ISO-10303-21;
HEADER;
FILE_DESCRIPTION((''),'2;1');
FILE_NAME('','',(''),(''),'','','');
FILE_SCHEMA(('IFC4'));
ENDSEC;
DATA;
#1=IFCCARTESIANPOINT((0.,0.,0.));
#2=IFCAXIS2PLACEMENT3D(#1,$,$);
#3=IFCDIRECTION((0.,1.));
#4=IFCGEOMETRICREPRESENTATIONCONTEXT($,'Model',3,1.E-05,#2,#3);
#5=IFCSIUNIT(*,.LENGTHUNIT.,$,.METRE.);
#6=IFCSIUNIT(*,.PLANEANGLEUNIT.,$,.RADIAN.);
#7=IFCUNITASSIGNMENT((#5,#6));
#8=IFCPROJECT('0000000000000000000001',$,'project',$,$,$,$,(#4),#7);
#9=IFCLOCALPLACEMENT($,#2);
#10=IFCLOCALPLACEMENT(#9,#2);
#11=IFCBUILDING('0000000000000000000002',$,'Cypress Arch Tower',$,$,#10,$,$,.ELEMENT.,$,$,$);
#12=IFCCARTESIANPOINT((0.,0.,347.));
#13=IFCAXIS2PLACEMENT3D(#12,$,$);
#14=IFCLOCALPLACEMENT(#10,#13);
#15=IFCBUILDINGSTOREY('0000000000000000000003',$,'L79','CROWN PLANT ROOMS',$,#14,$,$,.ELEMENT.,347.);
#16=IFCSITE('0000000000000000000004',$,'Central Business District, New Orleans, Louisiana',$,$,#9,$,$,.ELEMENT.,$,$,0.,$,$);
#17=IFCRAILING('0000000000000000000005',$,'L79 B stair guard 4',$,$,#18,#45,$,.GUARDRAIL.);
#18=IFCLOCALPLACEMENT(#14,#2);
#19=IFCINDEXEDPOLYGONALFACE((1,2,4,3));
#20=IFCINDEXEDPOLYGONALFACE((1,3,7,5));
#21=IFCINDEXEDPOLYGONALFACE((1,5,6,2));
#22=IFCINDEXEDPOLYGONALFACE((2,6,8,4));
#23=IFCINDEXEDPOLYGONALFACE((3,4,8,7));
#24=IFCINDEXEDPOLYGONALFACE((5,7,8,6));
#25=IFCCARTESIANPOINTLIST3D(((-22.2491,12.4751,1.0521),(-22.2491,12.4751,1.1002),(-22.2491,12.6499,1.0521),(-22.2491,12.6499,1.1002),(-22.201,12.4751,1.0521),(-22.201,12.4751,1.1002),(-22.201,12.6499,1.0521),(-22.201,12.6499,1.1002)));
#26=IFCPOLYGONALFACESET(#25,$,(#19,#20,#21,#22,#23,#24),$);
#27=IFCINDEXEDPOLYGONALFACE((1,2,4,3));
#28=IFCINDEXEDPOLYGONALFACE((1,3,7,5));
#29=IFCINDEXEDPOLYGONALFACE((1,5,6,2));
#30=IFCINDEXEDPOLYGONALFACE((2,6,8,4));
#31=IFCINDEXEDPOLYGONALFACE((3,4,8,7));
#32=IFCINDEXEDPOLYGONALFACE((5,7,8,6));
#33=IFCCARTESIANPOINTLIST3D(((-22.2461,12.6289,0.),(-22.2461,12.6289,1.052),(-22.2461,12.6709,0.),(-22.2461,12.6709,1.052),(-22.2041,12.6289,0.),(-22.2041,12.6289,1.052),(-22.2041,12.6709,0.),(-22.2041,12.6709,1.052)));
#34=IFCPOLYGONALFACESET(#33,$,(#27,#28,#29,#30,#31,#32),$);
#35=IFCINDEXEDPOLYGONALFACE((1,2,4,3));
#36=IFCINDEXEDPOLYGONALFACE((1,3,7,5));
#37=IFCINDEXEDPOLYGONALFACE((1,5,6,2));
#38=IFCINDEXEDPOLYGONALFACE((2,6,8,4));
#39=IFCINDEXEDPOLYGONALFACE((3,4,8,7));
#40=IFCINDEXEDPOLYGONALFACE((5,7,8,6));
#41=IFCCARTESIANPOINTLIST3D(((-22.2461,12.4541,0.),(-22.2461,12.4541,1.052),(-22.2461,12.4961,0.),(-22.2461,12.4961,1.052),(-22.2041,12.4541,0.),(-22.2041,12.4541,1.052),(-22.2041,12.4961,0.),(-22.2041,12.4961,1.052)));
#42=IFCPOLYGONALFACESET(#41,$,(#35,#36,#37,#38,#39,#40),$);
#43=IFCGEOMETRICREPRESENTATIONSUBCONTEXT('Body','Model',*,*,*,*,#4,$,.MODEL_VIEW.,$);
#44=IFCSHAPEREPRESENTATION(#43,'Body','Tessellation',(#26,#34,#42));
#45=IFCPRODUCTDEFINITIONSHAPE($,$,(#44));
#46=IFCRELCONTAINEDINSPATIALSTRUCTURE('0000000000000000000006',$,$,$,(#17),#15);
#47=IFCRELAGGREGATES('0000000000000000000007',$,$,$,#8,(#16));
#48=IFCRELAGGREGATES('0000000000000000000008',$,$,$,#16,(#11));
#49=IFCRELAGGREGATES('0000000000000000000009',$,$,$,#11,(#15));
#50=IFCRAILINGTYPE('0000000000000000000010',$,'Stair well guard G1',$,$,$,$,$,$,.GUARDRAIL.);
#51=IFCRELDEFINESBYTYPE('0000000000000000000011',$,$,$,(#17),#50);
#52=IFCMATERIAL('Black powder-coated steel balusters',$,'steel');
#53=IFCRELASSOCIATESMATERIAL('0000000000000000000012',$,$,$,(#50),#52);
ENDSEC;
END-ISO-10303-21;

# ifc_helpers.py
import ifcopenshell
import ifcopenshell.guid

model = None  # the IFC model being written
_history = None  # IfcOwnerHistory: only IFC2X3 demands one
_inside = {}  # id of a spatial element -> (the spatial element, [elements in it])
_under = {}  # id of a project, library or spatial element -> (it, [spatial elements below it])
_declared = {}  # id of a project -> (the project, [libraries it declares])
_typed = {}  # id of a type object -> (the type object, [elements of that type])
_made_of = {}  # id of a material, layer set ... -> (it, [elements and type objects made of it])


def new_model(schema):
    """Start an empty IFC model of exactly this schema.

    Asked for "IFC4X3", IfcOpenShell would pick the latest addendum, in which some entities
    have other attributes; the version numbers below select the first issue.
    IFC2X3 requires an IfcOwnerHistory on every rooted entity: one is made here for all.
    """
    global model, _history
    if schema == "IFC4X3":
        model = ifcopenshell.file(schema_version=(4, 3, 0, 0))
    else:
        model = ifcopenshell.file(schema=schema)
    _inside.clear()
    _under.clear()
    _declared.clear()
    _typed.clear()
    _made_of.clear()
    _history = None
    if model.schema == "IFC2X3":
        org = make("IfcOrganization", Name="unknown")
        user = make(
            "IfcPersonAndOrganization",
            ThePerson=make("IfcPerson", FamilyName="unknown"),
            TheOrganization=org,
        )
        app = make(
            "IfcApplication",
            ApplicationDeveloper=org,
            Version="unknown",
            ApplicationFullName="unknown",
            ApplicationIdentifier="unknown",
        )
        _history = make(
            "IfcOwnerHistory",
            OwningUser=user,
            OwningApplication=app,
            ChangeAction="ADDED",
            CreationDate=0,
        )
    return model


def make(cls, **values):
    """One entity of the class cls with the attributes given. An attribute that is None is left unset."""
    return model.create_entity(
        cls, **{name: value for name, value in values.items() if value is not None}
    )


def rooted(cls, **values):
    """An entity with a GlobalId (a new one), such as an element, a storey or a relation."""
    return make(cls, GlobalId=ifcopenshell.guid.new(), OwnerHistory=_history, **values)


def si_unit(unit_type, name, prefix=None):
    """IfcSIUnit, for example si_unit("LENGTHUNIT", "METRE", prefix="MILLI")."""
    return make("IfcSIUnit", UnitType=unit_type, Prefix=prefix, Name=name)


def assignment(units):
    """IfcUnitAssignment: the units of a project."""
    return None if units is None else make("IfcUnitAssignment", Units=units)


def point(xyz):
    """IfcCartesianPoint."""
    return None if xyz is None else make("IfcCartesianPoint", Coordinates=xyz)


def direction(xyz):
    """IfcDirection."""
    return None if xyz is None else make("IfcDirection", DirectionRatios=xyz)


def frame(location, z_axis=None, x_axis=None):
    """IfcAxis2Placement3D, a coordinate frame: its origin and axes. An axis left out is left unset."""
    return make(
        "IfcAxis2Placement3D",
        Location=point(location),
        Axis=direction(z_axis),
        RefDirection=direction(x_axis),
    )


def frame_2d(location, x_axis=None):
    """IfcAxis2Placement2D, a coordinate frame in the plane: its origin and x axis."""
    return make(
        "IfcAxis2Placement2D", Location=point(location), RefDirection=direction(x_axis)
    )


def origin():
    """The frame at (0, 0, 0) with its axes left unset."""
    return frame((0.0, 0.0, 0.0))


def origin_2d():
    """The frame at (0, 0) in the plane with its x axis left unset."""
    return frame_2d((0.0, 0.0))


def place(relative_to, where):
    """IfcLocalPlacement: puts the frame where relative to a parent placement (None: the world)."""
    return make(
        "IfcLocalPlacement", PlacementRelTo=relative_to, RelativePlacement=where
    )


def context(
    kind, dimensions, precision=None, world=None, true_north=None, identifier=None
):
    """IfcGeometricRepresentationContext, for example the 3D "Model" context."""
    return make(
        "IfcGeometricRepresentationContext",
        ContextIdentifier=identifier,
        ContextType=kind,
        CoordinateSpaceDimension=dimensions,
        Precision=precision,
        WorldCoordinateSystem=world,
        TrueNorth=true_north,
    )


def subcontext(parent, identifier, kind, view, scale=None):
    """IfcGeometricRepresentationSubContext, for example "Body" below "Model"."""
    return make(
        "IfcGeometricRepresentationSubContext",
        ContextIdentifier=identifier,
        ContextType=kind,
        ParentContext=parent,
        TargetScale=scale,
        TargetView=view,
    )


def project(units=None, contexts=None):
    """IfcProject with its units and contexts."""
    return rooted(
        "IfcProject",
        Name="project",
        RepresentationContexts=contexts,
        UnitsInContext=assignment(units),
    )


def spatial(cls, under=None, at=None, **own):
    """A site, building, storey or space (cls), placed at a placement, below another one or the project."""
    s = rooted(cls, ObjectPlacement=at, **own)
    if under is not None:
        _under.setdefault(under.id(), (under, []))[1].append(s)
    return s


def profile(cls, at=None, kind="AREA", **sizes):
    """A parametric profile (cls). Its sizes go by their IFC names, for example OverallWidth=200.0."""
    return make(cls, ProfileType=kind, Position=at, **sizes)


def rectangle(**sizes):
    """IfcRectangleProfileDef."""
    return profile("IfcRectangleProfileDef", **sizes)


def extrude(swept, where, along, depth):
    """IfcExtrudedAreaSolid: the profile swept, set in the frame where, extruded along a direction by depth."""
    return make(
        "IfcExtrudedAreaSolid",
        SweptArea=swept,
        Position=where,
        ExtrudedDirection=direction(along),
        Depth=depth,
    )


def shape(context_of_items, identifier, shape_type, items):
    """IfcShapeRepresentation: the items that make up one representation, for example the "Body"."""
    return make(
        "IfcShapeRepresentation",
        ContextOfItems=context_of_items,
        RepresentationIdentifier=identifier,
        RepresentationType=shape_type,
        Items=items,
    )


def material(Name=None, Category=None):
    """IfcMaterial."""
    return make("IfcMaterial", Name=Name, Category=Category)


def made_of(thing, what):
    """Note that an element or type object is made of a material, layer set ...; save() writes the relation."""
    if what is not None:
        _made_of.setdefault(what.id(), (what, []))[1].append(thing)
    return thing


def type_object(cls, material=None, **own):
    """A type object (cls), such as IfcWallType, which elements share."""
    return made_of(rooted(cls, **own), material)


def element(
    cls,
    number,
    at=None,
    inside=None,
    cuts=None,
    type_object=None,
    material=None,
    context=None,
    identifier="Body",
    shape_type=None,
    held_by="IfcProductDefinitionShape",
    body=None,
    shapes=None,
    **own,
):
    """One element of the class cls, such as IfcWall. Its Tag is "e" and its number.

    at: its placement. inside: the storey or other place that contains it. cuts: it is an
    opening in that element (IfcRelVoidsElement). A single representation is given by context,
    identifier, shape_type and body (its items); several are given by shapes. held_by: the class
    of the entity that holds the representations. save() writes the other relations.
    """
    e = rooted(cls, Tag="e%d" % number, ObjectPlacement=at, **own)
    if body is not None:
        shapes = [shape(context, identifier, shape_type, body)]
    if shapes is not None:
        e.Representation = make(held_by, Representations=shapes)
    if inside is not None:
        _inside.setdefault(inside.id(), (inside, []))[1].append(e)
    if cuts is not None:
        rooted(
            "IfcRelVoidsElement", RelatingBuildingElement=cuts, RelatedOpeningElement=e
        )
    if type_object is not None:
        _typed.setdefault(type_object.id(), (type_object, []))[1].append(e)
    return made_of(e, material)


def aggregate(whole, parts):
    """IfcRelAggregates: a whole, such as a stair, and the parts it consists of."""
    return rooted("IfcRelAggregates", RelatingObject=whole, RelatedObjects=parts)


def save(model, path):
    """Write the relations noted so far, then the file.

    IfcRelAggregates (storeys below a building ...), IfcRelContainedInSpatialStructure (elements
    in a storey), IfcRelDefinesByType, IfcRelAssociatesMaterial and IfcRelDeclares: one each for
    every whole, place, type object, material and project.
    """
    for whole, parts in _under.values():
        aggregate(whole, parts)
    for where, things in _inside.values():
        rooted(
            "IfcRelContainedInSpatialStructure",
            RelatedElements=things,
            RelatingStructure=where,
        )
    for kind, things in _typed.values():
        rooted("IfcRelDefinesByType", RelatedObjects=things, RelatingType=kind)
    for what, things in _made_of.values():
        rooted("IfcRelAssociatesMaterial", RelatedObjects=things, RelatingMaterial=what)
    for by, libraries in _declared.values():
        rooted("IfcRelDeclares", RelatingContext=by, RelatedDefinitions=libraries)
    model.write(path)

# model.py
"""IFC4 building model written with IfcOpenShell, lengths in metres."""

from ifc_helpers import new_model, si_unit, direction, frame, origin, origin_2d, place, context, subcontext, project, spatial, rectangle, extrude, material, type_object, element, save


model = new_model("IFC4")

# Units and contexts
model_context = context("Model", 3, precision=1e-05, world=origin(), true_north=direction((0.0, 1.0)))
body_context = subcontext(model_context, "Body", "Model", "MODEL_VIEW")
ifc_project = project(units=[si_unit("LENGTHUNIT", "METRE"), si_unit("PLANEANGLEUNIT", "RADIAN")], contexts=[model_context])

# Site, building, storey
site_placement = place(None, origin())
site = spatial("IfcSite", under=ifc_project, at=site_placement, Name="Central Business District, New Orleans, Louisiana", CompositionType="ELEMENT", RefElevation=0.0)
building_placement = place(site_placement, origin())
building = spatial("IfcBuilding", under=site, at=building_placement, Name="Cypress Arch Tower", CompositionType="ELEMENT")
storey_placement = place(building_placement, frame((0.0, 0.0, 347.0)))
storey = spatial("IfcBuildingStorey", under=building, at=storey_placement, Name="L79", Description="CROWN PLANT ROOMS", CompositionType="ELEMENT", Elevation=347.0)

# Railing
ifc_material_1 = material(Name="Black powder-coated steel balusters", Category="steel")
railing_type_1 = type_object("IfcRailingType", Name="Stair well guard G1", PredefinedType="GUARDRAIL", material=ifc_material_1)
railing_1_placement = place(storey_placement, frame((-22.2251, 12.6499, 0.0)))
element("IfcRailing", 1, at=railing_1_placement, inside=storey, type_object=railing_type_1, Name="L79 B stair guard 4", PredefinedType="GUARDRAIL", context=body_context, shape_type="SweptSolid", body=[
    extrude(rectangle(XDim=0.0481, YDim=0.0481, at=origin_2d()), frame((0.0, 0.0, 1.0762), z_axis=(0.0, -1.0, 0.0), x_axis=(1.0, 0.0, 0.0)), (0.0, 0.0, 1.0), 0.1748),
    extrude(rectangle(XDim=0.042, YDim=0.042, at=origin_2d()), origin(), (0.0, 0.0, 1.0), 1.052),
    extrude(rectangle(XDim=0.042, YDim=0.042, at=origin_2d()), frame((0.0, -0.1748, 0.0)), (0.0, 0.0, 1.0), 1.052),
])

save(model, "model.ifc")
